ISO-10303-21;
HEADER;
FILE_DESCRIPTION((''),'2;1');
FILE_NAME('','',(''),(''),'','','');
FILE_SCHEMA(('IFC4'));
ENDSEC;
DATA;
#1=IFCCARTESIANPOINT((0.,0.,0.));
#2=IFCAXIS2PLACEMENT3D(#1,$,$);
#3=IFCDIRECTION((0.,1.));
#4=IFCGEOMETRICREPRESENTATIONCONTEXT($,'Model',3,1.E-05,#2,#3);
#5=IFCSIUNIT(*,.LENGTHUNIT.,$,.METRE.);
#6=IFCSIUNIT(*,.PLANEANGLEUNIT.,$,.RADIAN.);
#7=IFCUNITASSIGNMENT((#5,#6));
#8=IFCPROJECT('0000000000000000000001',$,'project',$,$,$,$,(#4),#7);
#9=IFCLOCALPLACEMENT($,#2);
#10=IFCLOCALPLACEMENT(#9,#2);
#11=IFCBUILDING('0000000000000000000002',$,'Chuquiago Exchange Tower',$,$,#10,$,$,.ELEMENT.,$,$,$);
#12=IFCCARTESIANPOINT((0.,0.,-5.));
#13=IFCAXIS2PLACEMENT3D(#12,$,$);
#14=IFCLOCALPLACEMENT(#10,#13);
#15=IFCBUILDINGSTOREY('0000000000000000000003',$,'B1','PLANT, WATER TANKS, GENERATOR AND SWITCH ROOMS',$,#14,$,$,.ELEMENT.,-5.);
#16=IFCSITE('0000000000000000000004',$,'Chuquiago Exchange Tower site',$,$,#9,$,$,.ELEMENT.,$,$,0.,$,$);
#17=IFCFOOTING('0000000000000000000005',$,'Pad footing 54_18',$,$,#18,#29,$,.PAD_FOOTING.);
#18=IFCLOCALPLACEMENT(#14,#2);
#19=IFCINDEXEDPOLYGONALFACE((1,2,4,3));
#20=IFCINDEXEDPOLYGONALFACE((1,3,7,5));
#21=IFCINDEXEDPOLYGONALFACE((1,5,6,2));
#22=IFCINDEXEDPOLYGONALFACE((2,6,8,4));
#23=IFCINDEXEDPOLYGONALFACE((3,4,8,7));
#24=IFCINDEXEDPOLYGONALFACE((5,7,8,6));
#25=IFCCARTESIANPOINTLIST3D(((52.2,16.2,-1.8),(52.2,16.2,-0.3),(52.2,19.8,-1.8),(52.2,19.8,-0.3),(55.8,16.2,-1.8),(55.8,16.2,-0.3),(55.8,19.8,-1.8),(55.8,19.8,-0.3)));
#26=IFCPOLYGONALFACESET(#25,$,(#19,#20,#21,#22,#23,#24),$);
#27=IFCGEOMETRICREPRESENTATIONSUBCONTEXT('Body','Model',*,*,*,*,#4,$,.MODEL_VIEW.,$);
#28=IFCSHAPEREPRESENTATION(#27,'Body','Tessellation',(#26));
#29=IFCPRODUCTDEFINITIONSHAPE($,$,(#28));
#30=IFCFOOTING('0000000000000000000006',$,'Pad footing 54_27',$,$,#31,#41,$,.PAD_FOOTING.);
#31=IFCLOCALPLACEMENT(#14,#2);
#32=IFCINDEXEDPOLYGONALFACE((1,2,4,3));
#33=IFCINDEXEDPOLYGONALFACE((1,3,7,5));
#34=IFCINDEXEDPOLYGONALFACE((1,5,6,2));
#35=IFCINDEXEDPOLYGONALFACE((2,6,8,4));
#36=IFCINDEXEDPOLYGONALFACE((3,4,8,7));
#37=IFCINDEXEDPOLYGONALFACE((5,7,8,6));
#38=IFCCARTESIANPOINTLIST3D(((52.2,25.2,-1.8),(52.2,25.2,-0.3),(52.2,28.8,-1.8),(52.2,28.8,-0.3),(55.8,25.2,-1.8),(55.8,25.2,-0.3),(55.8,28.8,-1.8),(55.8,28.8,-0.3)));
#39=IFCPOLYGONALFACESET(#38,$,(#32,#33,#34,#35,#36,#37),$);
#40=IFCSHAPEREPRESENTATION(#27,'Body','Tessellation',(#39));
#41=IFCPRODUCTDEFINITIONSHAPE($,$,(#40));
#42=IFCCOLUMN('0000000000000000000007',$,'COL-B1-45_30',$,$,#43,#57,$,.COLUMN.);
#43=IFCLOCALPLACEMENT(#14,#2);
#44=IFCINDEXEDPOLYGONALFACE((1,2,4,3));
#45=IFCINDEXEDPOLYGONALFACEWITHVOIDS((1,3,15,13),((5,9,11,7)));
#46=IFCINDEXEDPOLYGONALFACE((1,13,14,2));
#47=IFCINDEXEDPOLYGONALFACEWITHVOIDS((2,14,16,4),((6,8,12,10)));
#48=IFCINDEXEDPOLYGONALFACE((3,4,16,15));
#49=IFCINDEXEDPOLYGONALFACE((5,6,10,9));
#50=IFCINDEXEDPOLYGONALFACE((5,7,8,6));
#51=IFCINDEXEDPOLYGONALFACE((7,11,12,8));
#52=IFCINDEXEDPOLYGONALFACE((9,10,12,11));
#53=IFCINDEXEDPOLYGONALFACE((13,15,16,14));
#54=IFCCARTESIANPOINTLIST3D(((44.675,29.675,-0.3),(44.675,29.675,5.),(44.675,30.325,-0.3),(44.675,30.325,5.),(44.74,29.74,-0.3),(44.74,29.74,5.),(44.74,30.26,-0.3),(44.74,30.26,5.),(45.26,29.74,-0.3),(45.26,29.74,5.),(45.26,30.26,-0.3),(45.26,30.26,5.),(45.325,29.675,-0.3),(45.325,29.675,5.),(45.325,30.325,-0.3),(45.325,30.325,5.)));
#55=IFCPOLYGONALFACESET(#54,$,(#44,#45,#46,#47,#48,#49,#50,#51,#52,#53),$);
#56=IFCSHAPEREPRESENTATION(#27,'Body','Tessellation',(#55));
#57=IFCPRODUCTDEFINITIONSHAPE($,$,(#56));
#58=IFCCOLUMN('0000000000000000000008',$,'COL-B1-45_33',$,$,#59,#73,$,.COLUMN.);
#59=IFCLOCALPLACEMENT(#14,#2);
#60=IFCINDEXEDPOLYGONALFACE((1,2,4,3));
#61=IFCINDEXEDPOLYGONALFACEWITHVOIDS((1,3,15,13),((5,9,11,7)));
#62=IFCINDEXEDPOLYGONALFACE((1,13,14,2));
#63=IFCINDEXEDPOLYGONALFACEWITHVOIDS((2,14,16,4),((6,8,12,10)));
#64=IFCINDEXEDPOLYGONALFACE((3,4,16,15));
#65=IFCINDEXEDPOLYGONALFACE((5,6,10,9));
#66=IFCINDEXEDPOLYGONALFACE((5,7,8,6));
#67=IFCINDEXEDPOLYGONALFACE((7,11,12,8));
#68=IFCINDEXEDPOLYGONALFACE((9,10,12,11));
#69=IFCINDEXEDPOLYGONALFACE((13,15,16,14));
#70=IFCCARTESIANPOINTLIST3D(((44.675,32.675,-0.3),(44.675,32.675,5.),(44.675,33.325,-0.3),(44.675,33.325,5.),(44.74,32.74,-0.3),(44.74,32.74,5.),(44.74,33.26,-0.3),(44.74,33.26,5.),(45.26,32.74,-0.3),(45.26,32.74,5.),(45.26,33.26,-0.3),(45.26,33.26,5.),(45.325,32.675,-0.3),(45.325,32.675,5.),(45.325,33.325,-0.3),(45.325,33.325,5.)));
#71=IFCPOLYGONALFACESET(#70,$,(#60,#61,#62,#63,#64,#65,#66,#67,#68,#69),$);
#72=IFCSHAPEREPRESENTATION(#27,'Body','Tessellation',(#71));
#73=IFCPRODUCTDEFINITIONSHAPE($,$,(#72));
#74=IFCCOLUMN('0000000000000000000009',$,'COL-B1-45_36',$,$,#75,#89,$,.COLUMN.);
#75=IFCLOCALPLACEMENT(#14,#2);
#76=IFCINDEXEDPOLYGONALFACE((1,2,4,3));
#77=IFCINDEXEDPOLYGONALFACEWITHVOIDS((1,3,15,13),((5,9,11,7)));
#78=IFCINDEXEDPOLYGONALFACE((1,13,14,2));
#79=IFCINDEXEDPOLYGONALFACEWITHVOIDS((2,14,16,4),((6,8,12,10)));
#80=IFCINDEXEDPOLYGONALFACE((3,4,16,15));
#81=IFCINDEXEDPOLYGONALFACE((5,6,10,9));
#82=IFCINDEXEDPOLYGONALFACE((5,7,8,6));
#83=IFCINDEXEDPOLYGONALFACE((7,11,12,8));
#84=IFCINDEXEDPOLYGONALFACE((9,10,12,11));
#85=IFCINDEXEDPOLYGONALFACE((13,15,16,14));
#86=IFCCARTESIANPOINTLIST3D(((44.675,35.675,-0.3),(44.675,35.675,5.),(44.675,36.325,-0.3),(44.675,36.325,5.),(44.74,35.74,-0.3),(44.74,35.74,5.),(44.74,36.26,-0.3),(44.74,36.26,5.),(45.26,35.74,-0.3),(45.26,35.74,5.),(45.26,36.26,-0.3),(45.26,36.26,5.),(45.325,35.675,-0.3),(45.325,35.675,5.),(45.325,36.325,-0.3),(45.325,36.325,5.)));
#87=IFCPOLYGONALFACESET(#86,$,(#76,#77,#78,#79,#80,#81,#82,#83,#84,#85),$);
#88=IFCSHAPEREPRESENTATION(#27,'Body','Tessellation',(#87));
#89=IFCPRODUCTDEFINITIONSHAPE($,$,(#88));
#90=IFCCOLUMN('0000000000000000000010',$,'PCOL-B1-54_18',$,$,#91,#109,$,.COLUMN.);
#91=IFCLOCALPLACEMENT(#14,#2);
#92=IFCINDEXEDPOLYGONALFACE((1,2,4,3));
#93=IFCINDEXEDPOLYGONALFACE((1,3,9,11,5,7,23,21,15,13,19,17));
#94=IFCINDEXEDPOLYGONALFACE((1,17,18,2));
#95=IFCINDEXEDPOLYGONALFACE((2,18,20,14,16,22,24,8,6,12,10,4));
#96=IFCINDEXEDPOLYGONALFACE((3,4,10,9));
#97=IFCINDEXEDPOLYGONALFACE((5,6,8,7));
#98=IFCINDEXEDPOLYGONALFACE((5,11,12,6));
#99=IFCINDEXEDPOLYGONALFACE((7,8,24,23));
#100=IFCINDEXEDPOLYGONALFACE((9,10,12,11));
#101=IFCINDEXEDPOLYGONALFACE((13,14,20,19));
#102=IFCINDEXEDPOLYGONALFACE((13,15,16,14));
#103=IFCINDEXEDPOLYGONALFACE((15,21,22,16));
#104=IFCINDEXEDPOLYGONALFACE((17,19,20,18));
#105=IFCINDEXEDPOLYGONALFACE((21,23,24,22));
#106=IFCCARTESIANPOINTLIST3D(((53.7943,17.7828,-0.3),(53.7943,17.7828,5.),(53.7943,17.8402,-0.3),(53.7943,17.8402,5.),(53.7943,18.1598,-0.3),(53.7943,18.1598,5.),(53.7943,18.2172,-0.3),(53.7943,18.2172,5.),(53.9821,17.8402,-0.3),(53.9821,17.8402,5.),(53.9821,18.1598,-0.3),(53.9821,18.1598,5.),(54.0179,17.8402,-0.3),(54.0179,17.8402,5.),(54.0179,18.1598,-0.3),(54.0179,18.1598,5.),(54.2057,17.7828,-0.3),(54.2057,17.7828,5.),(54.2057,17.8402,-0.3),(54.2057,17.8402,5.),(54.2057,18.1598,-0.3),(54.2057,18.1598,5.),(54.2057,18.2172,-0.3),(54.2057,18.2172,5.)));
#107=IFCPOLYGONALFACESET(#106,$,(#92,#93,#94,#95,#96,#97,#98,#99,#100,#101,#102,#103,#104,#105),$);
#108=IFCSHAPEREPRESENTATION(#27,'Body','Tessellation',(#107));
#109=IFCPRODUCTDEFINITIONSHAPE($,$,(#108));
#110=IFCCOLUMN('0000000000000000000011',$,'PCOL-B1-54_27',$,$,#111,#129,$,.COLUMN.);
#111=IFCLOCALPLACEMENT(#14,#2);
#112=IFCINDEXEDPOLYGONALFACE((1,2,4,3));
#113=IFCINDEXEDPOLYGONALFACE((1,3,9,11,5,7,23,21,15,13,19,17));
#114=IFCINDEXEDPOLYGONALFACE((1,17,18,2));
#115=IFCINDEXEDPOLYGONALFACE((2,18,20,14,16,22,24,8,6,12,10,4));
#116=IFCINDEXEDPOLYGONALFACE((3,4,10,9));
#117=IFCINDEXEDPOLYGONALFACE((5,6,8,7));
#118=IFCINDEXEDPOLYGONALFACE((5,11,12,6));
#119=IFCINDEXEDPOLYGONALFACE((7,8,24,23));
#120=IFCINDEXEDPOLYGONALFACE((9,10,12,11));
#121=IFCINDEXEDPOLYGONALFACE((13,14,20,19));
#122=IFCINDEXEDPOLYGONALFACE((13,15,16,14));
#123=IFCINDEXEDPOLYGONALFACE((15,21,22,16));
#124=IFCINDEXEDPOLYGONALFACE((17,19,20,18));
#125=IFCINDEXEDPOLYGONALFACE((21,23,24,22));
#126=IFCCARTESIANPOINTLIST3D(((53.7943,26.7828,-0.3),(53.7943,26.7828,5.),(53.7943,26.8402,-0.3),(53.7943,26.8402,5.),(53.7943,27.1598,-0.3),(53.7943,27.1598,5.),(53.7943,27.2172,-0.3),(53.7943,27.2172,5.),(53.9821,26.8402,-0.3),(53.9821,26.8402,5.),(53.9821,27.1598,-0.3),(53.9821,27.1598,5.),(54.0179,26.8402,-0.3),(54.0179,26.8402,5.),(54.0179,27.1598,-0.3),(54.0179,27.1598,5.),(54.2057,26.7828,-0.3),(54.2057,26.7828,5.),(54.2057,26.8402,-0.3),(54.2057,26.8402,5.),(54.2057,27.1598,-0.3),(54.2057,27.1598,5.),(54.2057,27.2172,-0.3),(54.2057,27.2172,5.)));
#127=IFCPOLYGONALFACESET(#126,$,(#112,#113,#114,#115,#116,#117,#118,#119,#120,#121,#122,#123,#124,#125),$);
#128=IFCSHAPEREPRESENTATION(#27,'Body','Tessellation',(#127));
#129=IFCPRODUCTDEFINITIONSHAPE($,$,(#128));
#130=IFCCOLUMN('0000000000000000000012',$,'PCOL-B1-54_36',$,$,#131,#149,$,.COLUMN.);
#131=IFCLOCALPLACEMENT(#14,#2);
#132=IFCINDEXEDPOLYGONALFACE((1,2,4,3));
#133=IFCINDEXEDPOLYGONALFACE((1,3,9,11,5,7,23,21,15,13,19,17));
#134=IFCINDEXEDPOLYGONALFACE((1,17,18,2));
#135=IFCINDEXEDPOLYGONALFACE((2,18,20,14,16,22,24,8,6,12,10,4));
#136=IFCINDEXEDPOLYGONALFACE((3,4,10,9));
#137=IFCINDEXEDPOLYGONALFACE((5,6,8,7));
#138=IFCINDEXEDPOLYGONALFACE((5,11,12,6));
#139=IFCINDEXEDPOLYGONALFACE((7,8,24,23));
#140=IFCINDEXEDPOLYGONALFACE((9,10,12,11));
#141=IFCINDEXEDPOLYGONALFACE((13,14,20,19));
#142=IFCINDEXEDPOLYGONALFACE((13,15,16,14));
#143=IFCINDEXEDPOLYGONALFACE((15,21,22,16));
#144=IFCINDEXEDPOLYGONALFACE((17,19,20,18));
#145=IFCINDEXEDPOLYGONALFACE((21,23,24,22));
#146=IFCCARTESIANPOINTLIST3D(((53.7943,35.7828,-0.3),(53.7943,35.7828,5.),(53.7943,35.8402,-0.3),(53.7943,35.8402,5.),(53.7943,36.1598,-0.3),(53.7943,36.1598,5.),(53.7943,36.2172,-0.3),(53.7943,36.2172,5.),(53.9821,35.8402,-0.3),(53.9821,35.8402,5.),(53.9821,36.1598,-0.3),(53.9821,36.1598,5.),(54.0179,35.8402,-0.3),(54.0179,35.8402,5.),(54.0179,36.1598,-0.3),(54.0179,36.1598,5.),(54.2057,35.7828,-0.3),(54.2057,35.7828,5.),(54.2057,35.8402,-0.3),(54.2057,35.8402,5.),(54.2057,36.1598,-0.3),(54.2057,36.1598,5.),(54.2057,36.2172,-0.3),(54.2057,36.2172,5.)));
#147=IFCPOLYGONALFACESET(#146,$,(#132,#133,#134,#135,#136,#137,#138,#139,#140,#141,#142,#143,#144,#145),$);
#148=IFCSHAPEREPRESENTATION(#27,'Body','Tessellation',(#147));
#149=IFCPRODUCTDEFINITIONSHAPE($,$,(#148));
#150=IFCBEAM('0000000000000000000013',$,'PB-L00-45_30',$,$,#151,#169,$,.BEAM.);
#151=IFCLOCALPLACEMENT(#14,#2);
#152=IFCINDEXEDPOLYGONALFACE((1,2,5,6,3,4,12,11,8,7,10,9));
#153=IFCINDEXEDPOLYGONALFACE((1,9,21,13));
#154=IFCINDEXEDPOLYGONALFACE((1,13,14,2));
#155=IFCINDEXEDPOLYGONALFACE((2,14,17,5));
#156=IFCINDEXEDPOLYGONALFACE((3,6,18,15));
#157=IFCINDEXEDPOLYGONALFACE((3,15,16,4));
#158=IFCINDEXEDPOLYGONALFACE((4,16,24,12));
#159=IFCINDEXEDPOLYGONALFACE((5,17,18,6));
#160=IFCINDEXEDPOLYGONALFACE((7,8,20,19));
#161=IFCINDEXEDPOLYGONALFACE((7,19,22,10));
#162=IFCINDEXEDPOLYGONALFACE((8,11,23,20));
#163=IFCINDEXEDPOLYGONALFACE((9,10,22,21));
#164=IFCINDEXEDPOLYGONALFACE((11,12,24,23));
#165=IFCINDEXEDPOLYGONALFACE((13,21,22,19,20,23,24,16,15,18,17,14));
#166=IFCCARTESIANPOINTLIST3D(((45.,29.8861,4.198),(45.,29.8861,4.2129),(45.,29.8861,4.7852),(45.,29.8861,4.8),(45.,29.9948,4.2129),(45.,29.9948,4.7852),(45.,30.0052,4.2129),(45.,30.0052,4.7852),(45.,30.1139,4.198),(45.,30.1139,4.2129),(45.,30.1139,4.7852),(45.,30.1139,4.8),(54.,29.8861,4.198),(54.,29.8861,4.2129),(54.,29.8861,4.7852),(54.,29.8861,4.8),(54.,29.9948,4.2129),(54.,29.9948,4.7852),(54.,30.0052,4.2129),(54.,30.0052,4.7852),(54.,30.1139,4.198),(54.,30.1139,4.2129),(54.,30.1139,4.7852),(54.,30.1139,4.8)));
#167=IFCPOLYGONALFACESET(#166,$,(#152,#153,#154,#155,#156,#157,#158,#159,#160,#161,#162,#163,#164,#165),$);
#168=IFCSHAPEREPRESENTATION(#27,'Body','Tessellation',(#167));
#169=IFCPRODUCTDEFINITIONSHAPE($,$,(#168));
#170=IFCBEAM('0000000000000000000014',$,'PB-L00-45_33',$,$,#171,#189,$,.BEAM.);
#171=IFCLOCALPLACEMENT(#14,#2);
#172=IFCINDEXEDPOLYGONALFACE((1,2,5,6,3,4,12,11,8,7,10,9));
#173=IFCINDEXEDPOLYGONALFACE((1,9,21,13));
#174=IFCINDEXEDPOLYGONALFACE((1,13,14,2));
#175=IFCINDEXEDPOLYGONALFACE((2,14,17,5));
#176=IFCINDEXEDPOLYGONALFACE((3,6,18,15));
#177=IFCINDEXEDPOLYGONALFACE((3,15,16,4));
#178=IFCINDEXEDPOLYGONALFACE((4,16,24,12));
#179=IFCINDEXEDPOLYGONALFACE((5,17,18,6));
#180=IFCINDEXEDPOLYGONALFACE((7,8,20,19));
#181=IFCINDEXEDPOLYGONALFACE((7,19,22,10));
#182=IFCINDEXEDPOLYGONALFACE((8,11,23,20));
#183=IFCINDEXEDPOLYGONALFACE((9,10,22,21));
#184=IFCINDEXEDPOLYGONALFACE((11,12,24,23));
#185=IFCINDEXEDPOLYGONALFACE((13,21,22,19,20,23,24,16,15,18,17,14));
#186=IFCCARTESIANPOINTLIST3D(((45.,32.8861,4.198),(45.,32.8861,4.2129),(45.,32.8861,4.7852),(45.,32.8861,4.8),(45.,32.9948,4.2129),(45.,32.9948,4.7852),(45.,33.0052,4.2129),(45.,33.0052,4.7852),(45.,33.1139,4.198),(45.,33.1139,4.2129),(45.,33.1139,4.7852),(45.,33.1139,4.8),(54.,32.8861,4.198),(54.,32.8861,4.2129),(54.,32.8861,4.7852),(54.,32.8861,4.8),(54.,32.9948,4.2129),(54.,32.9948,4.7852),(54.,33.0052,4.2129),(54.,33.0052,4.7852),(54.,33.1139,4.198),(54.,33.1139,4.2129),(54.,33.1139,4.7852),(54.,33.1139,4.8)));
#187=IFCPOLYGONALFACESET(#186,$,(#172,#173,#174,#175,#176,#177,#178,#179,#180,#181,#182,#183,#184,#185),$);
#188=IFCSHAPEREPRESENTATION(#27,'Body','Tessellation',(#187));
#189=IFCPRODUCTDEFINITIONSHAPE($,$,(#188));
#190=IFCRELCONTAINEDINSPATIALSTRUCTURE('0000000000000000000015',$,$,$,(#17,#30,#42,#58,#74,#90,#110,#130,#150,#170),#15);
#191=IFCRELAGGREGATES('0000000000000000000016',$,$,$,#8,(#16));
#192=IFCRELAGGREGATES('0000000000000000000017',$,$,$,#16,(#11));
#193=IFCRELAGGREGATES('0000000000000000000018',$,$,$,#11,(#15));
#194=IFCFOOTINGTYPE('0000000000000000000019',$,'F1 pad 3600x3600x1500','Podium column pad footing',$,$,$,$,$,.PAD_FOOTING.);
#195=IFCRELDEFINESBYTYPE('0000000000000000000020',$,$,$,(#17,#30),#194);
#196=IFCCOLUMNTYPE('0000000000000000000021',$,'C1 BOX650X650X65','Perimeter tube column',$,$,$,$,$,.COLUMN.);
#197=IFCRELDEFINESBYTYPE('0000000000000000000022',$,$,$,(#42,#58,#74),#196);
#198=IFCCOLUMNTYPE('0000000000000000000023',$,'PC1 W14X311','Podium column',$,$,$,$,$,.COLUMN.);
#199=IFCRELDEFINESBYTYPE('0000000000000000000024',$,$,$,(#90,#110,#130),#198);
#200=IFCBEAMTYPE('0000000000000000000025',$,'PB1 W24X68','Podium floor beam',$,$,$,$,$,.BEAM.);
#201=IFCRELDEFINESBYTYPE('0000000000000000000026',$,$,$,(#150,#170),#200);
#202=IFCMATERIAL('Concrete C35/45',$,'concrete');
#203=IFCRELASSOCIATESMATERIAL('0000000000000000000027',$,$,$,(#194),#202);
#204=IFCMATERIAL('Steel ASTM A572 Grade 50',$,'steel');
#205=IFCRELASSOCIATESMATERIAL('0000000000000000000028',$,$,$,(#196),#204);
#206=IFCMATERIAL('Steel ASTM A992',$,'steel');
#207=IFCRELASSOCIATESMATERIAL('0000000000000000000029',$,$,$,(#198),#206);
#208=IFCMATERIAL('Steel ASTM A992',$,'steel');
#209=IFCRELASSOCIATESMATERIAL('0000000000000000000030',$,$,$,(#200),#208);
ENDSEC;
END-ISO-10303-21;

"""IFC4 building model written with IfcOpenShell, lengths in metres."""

from ifc_helpers import new_model, si_unit, direction, frame, origin, origin_2d, place, context, subcontext, project, spatial, rectangle, hollow_rectangle, i_section, extrude, material, material_profile, profile_set, type_object, element, save


model = new_model("IFC4")

# Units and contexts
model_context = context("Model", 3, precision=1e-05, world=origin(), true_north=direction((0.0, 1.0)))
body_context = subcontext(model_context, "Body", "Model", "MODEL_VIEW")
ifc_project = project(units=[si_unit("LENGTHUNIT", "METRE"), si_unit("PLANEANGLEUNIT", "RADIAN")], contexts=[model_context])

# Site, building, storey
site_placement = place(None, origin())
site = spatial("IfcSite", under=ifc_project, at=site_placement, Name="Chuquiago Exchange Tower site", CompositionType="ELEMENT", RefElevation=0.0)
building_placement = place(site_placement, origin())
building = spatial("IfcBuilding", under=site, at=building_placement, Name="Chuquiago Exchange Tower", CompositionType="ELEMENT")
storey_placement = place(building_placement, frame((0.0, 0.0, -5.0)))
storey = spatial("IfcBuildingStorey", under=building, at=storey_placement, Name="B1", Description="PLANT, WATER TANKS, GENERATOR AND SWITCH ROOMS", CompositionType="ELEMENT", Elevation=-5.0)

# Footings
ifc_material_1 = material(Name="Concrete C35/45", Category="concrete")
footing_type = type_object("IfcFootingType", Name="F1 pad 3600x3600x1500", Description="Podium column pad footing", PredefinedType="PAD_FOOTING", material=ifc_material_1)
for number, where, z_axis, x_axis, name in (
    (1, (54.0, 18.0, -1.8), (0.0, 0.0, 1.0), (1.0, 0.0, 0.0), "Pad footing 54_18"),
    (2, (54.0, 27.0, -1.8), (0.0, 0.0, 1.0), (1.0, 0.0, 0.0), "Pad footing 54_27"),
):
    element("IfcFooting", number, at=place(storey_placement, frame(where, z_axis=z_axis, x_axis=x_axis)), inside=storey, type_object=footing_type, Name=name, PredefinedType="PAD_FOOTING", context=body_context, shape_type="SweptSolid", body=[
        extrude(rectangle(XDim=3.6001, YDim=3.6001, at=origin_2d()), origin(), (0.0, 0.0, 1.0), 1.5),
    ])

# Columns
ifc_material_2 = material(Name="Steel ASTM A572 Grade 50", Category="steel")
ifc_material_profile_1 = material_profile(ifc_material_2, hollow_rectangle(XDim=0.6499, YDim=0.6499, WallThickness=0.0649, at=origin_2d()), Name="BOX650X650X65")
ifc_profile_set_1 = profile_set([ifc_material_profile_1], Name="Steel ASTM A572 Grade 50")
column_type_1 = type_object("IfcColumnType", Name="C1 BOX650X650X65", Description="Perimeter tube column", PredefinedType="COLUMN", material=ifc_profile_set_1)
for number, where, z_axis, x_axis, name in (
    (3, (45.0, 30.0, -0.3), (0.0, 0.0, 1.0), (1.0, 0.0, 0.0), "COL-B1-45_30"),
    (4, (45.0, 33.0, -0.3), (0.0, 0.0, 1.0), (1.0, 0.0, 0.0), "COL-B1-45_33"),
    (5, (45.0, 36.0, -0.3), (0.0, 0.0, 1.0), (1.0, 0.0, 0.0), "COL-B1-45_36"),
):
    element("IfcColumn", number, at=place(storey_placement, frame(where, z_axis=z_axis, x_axis=x_axis)), inside=storey, type_object=column_type_1, Name=name, PredefinedType="COLUMN", context=body_context, shape_type="SweptSolid", body=[
        extrude(hollow_rectangle(XDim=0.6499, YDim=0.6499, WallThickness=0.0649, at=origin_2d()), origin(), (0.0, 0.0, 1.0), 5.3),
    ])
ifc_material_3 = material(Name="Steel ASTM A992", Category="steel")
ifc_material_profile_2 = material_profile(ifc_material_3, i_section(OverallWidth=0.4114, OverallDepth=0.4343, WebThickness=0.0359, FlangeThickness=0.0574, at=origin_2d()), Name="W14X311")
ifc_profile_set_2 = profile_set([ifc_material_profile_2], Name="Steel ASTM A992")
column_type_2 = type_object("IfcColumnType", Name="PC1 W14X311", Description="Podium column", PredefinedType="COLUMN", material=ifc_profile_set_2)
for number, where, z_axis, x_axis, name in (
    (6, (54.0, 18.0, -0.3), (0.0, 0.0, 1.0), (1.0, 0.0, 0.0), "PCOL-B1-54_18"),
    (7, (54.0, 27.0, -0.3), (0.0, 0.0, 1.0), (1.0, 0.0, 0.0), "PCOL-B1-54_27"),
    (8, (54.0, 36.0, -0.3), (0.0, 0.0, 1.0), (1.0, 0.0, 0.0), "PCOL-B1-54_36"),
):
    element("IfcColumn", number, at=place(storey_placement, frame(where, z_axis=z_axis, x_axis=x_axis)), inside=storey, type_object=column_type_2, Name=name, PredefinedType="COLUMN", context=body_context, shape_type="SweptSolid", body=[
        extrude(i_section(OverallWidth=0.4114, OverallDepth=0.4343, WebThickness=0.0359, FlangeThickness=0.0574, at=origin_2d()), origin(), (0.0, 0.0, 1.0), 5.3),
    ])

# Beams
ifc_material_4 = material(Name="Steel ASTM A992", Category="steel")
ifc_material_profile_3 = material_profile(ifc_material_4, i_section(OverallWidth=0.2278, OverallDepth=0.6021, WebThickness=0.0105, FlangeThickness=0.0149, at=origin_2d()), Name="W24X68")
ifc_profile_set_3 = profile_set([ifc_material_profile_3], Name="Steel ASTM A992")
beam_type_1 = type_object("IfcBeamType", Name="PB1 W24X68", Description="Podium floor beam", PredefinedType="BEAM", material=ifc_profile_set_3)
for number, where, z_axis, x_axis, name in (
    (9, (45.0, 30.0, 4.499), (1.0, 0.0, 0.0), (0.0, 1.0, 0.0), "PB-L00-45_30"),
    (10, (45.0, 33.0, 4.499), (1.0, 0.0, 0.0), (0.0, 1.0, 0.0), "PB-L00-45_33"),
):
    element("IfcBeam", number, at=place(storey_placement, frame(where, z_axis=z_axis, x_axis=x_axis)), inside=storey, type_object=beam_type_1, Name=name, PredefinedType="BEAM", context=body_context, shape_type="SweptSolid", body=[
        extrude(i_section(OverallWidth=0.2278, OverallDepth=0.6021, WebThickness=0.0105, FlangeThickness=0.0149, at=origin_2d()), origin(), (0.0, 0.0, 1.0), 9.0),
    ])

save(model, "model.ifc")
